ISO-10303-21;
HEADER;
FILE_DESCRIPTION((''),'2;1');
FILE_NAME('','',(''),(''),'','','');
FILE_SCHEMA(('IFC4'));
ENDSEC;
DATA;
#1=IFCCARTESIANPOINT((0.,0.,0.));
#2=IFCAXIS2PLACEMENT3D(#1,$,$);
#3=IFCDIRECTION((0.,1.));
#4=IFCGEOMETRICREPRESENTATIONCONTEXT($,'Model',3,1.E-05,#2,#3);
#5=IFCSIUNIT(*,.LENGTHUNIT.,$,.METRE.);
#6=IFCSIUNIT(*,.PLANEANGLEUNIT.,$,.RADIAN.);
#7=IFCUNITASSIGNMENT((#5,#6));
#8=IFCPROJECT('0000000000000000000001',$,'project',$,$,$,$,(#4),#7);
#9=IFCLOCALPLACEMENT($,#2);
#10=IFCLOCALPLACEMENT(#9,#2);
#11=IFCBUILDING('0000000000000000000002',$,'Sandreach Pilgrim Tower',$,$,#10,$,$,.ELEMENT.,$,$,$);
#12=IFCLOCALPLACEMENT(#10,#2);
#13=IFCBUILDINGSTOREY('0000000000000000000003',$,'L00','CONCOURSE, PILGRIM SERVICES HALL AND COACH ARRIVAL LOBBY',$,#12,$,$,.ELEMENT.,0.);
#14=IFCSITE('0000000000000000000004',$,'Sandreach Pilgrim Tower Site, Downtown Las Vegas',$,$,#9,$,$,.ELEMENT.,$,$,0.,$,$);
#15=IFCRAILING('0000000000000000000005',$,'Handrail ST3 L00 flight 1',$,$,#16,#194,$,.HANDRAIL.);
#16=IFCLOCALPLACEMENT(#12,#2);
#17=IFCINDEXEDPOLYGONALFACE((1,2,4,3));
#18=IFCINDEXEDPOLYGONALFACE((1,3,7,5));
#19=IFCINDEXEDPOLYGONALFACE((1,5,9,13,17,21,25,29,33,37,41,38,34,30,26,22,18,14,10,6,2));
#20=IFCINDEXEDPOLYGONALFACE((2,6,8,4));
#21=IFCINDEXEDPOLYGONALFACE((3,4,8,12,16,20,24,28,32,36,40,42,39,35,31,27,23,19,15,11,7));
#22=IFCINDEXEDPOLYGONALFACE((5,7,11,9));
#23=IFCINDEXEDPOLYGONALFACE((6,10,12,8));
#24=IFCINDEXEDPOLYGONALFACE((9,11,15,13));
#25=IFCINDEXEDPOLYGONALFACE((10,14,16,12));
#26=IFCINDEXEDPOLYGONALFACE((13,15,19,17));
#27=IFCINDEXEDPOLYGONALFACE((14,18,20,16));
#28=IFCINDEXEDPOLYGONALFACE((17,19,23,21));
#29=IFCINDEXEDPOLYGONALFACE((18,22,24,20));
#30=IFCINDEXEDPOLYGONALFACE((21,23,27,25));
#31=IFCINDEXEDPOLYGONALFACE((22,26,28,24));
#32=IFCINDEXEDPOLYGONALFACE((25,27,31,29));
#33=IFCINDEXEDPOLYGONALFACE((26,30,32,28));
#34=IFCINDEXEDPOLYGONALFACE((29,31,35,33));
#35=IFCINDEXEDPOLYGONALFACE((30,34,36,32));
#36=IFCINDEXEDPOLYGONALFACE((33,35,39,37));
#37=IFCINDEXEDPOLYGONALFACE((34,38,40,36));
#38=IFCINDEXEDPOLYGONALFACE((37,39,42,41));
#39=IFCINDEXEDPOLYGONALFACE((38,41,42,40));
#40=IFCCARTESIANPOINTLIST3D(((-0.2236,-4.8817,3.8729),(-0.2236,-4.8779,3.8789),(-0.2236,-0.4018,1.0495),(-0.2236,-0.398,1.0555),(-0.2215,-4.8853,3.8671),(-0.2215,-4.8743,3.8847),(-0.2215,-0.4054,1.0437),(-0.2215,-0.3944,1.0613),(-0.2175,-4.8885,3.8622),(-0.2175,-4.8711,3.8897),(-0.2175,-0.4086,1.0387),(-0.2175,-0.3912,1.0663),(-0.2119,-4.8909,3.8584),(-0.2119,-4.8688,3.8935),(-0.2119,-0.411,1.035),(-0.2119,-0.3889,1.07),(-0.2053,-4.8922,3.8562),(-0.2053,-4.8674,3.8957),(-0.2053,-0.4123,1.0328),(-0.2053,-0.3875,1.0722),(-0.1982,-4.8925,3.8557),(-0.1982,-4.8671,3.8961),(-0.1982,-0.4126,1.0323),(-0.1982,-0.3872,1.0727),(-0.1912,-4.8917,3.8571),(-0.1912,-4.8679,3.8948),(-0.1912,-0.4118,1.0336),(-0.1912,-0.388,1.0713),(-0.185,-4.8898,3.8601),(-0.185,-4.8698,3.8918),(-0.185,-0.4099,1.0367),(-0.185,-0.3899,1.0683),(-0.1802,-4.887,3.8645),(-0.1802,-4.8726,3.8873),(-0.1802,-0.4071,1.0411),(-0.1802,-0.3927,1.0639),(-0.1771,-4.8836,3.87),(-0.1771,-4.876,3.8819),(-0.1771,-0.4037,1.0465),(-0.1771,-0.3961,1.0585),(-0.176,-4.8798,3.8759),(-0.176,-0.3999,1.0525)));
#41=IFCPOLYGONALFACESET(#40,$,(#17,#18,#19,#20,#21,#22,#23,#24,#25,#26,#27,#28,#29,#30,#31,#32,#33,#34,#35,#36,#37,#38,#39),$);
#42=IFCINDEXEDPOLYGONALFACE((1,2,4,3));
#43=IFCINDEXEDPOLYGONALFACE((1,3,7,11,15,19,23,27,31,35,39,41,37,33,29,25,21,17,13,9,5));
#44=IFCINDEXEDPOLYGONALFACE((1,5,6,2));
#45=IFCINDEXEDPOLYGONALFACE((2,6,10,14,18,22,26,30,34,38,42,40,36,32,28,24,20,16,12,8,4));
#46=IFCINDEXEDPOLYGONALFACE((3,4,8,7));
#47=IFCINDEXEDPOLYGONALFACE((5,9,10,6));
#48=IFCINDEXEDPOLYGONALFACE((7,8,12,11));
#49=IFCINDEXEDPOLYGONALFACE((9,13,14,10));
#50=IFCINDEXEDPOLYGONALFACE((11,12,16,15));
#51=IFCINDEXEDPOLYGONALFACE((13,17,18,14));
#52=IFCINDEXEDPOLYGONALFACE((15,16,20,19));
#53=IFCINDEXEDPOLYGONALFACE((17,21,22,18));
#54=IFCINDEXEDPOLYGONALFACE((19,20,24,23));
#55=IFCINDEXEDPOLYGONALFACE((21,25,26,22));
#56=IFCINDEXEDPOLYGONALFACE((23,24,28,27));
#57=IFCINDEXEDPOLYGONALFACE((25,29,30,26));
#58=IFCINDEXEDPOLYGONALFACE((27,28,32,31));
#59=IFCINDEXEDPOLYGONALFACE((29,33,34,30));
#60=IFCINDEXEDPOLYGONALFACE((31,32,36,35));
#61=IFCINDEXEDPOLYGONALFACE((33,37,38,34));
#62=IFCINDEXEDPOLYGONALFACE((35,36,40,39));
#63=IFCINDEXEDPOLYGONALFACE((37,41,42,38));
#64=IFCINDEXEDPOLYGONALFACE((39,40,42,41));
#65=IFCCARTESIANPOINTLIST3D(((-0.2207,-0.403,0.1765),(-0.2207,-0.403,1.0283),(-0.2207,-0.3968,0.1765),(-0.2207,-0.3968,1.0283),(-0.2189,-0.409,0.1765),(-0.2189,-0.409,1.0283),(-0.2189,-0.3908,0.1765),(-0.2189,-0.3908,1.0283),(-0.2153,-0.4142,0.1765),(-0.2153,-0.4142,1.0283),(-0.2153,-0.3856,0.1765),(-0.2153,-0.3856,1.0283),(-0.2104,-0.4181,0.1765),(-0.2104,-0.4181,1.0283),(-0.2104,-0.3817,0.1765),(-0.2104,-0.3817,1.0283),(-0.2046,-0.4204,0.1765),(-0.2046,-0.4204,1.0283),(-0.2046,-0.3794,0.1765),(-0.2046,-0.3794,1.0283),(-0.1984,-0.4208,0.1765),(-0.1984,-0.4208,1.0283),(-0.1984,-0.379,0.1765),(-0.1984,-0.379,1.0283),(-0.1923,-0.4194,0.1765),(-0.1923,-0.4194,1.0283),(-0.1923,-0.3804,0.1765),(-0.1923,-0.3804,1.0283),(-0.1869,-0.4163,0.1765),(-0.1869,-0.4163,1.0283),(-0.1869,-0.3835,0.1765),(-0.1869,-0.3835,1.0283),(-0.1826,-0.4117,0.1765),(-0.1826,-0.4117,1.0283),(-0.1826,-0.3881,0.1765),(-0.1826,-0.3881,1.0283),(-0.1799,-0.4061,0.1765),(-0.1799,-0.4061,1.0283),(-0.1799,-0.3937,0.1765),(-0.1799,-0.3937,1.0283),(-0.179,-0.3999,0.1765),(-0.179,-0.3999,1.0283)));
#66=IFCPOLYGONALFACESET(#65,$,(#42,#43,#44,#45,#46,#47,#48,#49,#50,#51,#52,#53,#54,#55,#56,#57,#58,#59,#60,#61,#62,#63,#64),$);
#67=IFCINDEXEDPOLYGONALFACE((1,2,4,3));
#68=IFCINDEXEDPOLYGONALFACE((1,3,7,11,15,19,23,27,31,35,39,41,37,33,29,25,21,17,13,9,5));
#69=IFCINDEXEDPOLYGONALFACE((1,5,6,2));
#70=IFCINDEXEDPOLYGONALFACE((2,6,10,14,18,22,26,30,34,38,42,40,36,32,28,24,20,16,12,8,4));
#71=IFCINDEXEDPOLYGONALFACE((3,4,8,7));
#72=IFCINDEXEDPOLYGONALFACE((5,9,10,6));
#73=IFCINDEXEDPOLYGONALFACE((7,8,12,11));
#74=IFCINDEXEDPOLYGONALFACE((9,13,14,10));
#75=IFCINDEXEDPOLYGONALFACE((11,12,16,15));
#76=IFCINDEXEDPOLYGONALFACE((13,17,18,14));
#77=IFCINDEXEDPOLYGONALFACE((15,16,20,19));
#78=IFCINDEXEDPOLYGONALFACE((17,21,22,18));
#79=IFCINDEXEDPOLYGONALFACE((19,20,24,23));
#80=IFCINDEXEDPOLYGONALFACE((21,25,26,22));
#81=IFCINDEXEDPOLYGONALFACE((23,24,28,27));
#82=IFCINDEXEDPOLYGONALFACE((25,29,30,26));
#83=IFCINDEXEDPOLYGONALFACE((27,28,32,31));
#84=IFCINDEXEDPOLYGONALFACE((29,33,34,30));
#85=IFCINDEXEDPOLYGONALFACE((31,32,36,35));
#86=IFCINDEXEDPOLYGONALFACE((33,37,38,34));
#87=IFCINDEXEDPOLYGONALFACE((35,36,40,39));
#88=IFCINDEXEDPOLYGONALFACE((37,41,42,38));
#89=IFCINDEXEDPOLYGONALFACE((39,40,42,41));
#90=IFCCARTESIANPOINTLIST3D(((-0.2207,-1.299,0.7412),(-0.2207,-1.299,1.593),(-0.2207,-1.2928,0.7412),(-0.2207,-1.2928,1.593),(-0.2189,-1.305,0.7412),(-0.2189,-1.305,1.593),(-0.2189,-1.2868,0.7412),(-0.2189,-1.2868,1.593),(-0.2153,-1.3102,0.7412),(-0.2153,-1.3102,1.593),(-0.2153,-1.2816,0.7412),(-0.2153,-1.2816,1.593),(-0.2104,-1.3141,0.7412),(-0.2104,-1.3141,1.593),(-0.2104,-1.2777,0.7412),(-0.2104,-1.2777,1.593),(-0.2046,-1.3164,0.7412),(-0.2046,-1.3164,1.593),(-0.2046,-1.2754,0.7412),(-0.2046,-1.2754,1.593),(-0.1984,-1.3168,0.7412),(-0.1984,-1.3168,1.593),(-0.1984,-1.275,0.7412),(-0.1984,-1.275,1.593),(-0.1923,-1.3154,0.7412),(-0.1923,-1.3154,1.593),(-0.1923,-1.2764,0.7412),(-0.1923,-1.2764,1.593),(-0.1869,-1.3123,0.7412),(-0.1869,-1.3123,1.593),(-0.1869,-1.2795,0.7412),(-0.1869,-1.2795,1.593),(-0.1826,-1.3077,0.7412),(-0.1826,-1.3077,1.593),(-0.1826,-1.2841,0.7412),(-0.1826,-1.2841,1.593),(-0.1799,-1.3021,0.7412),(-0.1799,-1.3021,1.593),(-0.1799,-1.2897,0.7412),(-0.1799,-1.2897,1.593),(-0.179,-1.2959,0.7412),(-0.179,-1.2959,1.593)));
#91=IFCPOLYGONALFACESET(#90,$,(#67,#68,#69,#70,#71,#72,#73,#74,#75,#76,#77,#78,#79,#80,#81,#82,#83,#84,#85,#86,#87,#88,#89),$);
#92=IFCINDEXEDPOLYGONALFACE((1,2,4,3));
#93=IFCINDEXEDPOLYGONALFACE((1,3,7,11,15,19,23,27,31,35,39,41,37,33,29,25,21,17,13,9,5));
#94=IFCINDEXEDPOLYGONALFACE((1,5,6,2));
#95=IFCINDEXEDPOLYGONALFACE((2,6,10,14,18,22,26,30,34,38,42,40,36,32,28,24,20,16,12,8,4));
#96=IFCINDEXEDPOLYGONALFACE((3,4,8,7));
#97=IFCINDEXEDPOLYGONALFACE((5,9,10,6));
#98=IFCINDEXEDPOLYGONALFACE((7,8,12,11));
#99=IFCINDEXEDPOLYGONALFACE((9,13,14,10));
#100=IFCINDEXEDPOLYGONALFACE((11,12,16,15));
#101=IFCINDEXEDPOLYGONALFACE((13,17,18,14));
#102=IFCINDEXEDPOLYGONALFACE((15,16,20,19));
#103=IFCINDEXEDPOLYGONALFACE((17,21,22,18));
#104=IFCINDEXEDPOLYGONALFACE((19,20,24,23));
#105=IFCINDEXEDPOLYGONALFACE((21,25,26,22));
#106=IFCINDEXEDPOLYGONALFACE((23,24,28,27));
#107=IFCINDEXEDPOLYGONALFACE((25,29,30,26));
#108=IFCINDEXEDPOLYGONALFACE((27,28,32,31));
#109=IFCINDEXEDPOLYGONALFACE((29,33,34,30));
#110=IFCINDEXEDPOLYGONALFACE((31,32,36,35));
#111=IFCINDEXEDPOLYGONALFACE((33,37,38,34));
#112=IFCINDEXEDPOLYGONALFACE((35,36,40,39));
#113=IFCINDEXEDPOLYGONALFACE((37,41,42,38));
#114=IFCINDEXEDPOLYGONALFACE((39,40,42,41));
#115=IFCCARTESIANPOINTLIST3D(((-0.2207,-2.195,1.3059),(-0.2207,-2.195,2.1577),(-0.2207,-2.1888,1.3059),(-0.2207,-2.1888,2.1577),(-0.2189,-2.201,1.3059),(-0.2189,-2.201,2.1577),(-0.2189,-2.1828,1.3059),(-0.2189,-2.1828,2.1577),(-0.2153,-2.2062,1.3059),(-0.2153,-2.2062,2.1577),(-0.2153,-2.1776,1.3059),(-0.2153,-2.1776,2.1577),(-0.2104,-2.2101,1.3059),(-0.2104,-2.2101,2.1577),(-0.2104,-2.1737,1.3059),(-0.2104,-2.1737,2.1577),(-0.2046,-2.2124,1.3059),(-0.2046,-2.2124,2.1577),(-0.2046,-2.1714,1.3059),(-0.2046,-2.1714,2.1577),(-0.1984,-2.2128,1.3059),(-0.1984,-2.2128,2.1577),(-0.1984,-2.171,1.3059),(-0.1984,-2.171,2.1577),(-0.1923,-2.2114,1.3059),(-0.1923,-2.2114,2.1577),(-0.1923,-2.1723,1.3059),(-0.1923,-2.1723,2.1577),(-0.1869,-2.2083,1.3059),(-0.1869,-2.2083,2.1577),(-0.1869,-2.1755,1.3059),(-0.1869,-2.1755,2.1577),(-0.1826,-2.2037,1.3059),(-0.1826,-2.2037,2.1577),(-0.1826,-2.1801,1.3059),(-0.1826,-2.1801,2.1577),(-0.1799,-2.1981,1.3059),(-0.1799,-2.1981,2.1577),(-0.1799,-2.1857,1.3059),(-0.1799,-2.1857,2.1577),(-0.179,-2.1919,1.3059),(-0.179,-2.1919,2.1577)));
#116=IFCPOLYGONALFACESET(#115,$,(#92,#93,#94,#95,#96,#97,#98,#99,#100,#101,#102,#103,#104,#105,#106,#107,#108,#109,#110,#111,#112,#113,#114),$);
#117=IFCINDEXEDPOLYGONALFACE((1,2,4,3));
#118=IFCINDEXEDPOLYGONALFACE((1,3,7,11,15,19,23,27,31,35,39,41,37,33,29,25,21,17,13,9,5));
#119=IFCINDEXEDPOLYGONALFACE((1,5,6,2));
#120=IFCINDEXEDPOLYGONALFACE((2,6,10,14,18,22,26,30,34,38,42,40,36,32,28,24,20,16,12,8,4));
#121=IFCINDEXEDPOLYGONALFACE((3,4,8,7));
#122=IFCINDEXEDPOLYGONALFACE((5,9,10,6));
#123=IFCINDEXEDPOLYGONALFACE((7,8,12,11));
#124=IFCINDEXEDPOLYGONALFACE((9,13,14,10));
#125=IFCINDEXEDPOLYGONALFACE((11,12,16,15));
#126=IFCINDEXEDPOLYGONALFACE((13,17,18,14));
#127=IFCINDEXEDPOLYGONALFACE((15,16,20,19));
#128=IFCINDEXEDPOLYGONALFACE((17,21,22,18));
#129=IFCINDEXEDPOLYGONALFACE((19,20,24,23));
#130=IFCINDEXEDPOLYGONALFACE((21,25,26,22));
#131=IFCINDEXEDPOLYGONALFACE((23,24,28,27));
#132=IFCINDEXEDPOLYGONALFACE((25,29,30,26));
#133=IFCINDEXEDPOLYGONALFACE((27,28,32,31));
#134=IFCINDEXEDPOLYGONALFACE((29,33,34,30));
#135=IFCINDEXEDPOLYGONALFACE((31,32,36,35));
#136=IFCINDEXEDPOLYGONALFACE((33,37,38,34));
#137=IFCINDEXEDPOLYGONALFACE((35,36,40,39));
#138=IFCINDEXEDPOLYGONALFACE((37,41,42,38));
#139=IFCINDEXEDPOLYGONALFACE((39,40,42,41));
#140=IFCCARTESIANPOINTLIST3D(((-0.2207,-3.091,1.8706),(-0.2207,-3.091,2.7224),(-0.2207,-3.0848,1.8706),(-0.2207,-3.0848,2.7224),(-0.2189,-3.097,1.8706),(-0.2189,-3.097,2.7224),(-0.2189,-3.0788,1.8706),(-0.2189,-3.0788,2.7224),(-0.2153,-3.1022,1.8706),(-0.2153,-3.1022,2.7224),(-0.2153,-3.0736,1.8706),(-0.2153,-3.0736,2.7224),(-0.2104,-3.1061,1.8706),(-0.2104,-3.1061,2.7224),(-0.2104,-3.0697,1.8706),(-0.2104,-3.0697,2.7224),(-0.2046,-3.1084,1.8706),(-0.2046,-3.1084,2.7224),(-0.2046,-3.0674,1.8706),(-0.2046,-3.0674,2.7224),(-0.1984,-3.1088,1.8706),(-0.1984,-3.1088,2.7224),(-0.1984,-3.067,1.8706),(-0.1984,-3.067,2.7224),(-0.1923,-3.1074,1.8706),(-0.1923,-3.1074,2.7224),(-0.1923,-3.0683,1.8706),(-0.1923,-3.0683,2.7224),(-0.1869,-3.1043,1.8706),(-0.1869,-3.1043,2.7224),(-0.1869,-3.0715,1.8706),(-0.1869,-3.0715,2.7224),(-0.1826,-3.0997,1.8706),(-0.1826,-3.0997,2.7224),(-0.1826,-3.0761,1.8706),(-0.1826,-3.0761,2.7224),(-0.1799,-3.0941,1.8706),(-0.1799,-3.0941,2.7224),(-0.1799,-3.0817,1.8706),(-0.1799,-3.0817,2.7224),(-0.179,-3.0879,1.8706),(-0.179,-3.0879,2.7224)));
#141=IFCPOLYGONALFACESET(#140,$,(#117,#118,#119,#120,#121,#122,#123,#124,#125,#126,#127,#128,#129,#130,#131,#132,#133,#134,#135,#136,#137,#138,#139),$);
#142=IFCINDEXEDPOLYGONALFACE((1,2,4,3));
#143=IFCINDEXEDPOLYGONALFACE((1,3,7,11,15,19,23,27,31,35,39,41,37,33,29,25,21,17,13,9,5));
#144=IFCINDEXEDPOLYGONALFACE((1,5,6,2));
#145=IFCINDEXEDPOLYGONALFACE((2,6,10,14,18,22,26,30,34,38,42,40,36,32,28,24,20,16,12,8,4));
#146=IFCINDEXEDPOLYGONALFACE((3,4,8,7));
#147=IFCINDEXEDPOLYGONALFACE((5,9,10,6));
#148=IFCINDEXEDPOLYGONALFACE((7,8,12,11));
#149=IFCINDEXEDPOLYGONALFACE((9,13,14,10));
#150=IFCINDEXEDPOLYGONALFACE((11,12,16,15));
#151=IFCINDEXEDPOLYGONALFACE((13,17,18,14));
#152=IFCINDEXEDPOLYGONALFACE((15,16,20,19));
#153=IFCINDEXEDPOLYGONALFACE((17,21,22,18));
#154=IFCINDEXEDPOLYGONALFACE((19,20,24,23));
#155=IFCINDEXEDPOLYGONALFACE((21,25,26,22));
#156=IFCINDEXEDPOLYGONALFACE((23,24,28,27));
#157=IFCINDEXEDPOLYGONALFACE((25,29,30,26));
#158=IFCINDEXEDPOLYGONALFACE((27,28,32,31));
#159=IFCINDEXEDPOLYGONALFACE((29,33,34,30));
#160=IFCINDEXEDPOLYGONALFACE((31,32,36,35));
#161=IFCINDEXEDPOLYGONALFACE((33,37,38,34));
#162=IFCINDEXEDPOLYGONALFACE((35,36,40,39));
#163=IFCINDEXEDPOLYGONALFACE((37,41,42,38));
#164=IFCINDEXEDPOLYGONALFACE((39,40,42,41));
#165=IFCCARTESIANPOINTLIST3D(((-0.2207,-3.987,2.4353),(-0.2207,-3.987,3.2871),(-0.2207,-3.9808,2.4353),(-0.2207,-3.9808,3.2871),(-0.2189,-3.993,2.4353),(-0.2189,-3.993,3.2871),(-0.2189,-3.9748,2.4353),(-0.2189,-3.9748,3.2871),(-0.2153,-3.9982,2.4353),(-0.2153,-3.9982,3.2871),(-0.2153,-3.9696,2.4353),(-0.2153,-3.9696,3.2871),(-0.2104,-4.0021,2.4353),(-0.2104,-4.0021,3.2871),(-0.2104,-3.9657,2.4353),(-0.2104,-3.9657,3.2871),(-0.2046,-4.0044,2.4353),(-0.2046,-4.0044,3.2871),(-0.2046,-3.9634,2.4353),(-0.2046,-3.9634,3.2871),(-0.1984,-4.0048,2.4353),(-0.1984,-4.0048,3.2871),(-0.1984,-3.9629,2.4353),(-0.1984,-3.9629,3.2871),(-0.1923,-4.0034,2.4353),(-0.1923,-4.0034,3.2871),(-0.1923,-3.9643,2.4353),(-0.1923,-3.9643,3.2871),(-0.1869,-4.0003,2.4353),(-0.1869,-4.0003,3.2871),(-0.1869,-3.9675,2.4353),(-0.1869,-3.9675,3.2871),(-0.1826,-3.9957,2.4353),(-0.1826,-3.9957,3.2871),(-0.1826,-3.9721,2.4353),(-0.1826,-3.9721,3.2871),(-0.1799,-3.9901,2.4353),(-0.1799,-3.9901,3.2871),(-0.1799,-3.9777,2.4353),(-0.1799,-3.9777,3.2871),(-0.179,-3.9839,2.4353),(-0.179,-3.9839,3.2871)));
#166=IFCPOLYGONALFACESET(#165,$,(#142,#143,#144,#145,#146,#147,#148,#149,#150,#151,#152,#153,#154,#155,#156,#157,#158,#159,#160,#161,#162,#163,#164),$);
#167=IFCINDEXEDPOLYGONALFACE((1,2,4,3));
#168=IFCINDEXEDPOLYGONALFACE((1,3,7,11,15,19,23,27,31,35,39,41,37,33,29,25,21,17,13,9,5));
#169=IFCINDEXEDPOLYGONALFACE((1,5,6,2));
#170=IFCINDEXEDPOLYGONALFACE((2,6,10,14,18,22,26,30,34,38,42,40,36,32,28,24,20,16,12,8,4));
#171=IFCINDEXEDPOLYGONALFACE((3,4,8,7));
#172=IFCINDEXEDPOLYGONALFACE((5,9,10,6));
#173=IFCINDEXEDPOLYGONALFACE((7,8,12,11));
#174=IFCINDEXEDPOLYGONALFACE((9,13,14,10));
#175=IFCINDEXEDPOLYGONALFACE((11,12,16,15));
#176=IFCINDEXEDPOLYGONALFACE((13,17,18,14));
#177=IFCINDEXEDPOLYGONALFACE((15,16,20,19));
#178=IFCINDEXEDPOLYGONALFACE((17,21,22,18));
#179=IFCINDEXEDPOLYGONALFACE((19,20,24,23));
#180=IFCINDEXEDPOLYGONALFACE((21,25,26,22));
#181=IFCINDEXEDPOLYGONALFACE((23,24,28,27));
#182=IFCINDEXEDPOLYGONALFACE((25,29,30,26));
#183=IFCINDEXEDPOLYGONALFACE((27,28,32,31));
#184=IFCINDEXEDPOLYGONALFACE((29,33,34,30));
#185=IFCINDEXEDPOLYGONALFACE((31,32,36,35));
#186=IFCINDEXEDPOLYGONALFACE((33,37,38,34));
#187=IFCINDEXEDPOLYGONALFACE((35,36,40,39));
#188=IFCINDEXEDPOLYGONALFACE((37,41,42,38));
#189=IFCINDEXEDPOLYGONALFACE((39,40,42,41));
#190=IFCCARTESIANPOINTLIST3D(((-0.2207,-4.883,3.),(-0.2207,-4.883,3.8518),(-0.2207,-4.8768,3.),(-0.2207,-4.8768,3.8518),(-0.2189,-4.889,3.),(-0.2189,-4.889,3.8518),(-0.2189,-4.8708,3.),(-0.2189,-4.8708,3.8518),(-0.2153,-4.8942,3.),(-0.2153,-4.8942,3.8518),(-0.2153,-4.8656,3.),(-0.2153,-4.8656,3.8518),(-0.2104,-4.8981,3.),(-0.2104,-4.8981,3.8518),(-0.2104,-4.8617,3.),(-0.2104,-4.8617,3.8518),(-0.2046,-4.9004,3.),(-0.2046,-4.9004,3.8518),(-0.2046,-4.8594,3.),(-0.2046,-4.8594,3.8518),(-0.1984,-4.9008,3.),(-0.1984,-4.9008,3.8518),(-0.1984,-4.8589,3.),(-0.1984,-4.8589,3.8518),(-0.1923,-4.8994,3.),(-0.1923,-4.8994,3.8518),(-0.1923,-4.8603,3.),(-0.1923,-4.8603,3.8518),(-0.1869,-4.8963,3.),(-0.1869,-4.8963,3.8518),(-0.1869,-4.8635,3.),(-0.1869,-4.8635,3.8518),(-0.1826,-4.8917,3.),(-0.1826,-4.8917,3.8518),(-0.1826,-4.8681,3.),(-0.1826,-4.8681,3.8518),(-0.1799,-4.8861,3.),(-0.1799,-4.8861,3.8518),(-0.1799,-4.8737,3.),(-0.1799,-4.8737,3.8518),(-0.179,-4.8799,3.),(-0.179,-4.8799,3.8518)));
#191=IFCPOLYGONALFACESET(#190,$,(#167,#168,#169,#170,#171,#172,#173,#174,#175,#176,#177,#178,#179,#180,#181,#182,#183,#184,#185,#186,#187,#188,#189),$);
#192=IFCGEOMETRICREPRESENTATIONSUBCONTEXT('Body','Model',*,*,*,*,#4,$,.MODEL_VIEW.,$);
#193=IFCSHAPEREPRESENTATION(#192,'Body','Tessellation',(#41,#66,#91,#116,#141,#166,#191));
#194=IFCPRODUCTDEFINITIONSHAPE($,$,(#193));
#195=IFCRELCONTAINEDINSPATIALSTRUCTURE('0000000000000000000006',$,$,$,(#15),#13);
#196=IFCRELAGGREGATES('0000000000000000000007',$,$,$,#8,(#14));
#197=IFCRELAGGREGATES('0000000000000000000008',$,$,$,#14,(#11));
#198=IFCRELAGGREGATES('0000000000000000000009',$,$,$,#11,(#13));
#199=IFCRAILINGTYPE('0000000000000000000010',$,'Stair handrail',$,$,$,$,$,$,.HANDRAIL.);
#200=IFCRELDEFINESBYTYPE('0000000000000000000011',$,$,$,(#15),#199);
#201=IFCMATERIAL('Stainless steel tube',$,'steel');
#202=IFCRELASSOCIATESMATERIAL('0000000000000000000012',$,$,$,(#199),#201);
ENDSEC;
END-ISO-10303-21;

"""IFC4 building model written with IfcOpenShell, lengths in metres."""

from ifc_helpers import new_model, si_unit, direction, frame, origin, origin_2d, place, context, subcontext, project, spatial, circle, extrude, material, type_object, element, save


model = new_model("IFC4")

# Units and contexts
model_context = context("Model", 3, precision=1e-05, world=origin(), true_north=direction((0.0, 1.0)))
body_context = subcontext(model_context, "Body", "Model", "MODEL_VIEW")
ifc_project = project(units=[si_unit("LENGTHUNIT", "METRE"), si_unit("PLANEANGLEUNIT", "RADIAN")], contexts=[model_context])

# Site, building, storey
site_placement = place(None, origin())
site = spatial("IfcSite", under=ifc_project, at=site_placement, Name="Sandreach Pilgrim Tower Site, Downtown Las Vegas", CompositionType="ELEMENT", RefElevation=0.0)
building_placement = place(site_placement, origin())
building = spatial("IfcBuilding", under=site, at=building_placement, Name="Sandreach Pilgrim Tower", CompositionType="ELEMENT")
storey_placement = place(building_placement, origin())
storey = spatial("IfcBuildingStorey", under=building, at=storey_placement, Name="L00", Description="CONCOURSE, PILGRIM SERVICES HALL AND COACH ARRIVAL LOBBY", CompositionType="ELEMENT", Elevation=0.0)

# Railing
ifc_material_1 = material(Name="Stainless steel tube", Category="steel")
railing_type = type_object("IfcRailingType", Name="Stair handrail", PredefinedType="HANDRAIL", material=ifc_material_1)
for number, where, name in (
    (1, (-0.2, -0.3999, 0.1765), "Handrail ST3 L00 flight 1"),
):
    element("IfcRailing", number, at=place(storey_placement, frame(where)), inside=storey, type_object=railing_type, Name=name, PredefinedType="HANDRAIL", context=body_context, shape_type="SweptSolid", body=[
        extrude(circle(Radius=0.0239, at=origin_2d()), frame((0.0, 0.0, 0.876), z_axis=(0.0, -0.845998, 0.533186), x_axis=(1.0, 0.0, 0.0)), (0.0, 0.0, 1.0), 5.2954),
        extrude(circle(Radius=0.021, at=origin_2d()), origin(), (0.0, 0.0, 1.0), 0.8518),
        extrude(circle(Radius=0.021, at=origin_2d()), frame((0.0, -0.896, 0.5647)), (0.0, 0.0, 1.0), 0.8518),
        extrude(circle(Radius=0.021, at=origin_2d()), frame((0.0, -1.792, 1.1294)), (0.0, 0.0, 1.0), 0.8518),
        extrude(circle(Radius=0.021, at=origin_2d()), frame((0.0, -2.688, 1.6941)), (0.0, 0.0, 1.0), 0.8518),
        extrude(circle(Radius=0.021, at=origin_2d()), frame((0.0, -3.584, 2.2588)), (0.0, 0.0, 1.0), 0.8518),
        extrude(circle(Radius=0.021, at=origin_2d()), frame((0.0, -4.48, 2.8235)), (0.0, 0.0, 1.0), 0.8518),
    ])

save(model, "model.ifc")
